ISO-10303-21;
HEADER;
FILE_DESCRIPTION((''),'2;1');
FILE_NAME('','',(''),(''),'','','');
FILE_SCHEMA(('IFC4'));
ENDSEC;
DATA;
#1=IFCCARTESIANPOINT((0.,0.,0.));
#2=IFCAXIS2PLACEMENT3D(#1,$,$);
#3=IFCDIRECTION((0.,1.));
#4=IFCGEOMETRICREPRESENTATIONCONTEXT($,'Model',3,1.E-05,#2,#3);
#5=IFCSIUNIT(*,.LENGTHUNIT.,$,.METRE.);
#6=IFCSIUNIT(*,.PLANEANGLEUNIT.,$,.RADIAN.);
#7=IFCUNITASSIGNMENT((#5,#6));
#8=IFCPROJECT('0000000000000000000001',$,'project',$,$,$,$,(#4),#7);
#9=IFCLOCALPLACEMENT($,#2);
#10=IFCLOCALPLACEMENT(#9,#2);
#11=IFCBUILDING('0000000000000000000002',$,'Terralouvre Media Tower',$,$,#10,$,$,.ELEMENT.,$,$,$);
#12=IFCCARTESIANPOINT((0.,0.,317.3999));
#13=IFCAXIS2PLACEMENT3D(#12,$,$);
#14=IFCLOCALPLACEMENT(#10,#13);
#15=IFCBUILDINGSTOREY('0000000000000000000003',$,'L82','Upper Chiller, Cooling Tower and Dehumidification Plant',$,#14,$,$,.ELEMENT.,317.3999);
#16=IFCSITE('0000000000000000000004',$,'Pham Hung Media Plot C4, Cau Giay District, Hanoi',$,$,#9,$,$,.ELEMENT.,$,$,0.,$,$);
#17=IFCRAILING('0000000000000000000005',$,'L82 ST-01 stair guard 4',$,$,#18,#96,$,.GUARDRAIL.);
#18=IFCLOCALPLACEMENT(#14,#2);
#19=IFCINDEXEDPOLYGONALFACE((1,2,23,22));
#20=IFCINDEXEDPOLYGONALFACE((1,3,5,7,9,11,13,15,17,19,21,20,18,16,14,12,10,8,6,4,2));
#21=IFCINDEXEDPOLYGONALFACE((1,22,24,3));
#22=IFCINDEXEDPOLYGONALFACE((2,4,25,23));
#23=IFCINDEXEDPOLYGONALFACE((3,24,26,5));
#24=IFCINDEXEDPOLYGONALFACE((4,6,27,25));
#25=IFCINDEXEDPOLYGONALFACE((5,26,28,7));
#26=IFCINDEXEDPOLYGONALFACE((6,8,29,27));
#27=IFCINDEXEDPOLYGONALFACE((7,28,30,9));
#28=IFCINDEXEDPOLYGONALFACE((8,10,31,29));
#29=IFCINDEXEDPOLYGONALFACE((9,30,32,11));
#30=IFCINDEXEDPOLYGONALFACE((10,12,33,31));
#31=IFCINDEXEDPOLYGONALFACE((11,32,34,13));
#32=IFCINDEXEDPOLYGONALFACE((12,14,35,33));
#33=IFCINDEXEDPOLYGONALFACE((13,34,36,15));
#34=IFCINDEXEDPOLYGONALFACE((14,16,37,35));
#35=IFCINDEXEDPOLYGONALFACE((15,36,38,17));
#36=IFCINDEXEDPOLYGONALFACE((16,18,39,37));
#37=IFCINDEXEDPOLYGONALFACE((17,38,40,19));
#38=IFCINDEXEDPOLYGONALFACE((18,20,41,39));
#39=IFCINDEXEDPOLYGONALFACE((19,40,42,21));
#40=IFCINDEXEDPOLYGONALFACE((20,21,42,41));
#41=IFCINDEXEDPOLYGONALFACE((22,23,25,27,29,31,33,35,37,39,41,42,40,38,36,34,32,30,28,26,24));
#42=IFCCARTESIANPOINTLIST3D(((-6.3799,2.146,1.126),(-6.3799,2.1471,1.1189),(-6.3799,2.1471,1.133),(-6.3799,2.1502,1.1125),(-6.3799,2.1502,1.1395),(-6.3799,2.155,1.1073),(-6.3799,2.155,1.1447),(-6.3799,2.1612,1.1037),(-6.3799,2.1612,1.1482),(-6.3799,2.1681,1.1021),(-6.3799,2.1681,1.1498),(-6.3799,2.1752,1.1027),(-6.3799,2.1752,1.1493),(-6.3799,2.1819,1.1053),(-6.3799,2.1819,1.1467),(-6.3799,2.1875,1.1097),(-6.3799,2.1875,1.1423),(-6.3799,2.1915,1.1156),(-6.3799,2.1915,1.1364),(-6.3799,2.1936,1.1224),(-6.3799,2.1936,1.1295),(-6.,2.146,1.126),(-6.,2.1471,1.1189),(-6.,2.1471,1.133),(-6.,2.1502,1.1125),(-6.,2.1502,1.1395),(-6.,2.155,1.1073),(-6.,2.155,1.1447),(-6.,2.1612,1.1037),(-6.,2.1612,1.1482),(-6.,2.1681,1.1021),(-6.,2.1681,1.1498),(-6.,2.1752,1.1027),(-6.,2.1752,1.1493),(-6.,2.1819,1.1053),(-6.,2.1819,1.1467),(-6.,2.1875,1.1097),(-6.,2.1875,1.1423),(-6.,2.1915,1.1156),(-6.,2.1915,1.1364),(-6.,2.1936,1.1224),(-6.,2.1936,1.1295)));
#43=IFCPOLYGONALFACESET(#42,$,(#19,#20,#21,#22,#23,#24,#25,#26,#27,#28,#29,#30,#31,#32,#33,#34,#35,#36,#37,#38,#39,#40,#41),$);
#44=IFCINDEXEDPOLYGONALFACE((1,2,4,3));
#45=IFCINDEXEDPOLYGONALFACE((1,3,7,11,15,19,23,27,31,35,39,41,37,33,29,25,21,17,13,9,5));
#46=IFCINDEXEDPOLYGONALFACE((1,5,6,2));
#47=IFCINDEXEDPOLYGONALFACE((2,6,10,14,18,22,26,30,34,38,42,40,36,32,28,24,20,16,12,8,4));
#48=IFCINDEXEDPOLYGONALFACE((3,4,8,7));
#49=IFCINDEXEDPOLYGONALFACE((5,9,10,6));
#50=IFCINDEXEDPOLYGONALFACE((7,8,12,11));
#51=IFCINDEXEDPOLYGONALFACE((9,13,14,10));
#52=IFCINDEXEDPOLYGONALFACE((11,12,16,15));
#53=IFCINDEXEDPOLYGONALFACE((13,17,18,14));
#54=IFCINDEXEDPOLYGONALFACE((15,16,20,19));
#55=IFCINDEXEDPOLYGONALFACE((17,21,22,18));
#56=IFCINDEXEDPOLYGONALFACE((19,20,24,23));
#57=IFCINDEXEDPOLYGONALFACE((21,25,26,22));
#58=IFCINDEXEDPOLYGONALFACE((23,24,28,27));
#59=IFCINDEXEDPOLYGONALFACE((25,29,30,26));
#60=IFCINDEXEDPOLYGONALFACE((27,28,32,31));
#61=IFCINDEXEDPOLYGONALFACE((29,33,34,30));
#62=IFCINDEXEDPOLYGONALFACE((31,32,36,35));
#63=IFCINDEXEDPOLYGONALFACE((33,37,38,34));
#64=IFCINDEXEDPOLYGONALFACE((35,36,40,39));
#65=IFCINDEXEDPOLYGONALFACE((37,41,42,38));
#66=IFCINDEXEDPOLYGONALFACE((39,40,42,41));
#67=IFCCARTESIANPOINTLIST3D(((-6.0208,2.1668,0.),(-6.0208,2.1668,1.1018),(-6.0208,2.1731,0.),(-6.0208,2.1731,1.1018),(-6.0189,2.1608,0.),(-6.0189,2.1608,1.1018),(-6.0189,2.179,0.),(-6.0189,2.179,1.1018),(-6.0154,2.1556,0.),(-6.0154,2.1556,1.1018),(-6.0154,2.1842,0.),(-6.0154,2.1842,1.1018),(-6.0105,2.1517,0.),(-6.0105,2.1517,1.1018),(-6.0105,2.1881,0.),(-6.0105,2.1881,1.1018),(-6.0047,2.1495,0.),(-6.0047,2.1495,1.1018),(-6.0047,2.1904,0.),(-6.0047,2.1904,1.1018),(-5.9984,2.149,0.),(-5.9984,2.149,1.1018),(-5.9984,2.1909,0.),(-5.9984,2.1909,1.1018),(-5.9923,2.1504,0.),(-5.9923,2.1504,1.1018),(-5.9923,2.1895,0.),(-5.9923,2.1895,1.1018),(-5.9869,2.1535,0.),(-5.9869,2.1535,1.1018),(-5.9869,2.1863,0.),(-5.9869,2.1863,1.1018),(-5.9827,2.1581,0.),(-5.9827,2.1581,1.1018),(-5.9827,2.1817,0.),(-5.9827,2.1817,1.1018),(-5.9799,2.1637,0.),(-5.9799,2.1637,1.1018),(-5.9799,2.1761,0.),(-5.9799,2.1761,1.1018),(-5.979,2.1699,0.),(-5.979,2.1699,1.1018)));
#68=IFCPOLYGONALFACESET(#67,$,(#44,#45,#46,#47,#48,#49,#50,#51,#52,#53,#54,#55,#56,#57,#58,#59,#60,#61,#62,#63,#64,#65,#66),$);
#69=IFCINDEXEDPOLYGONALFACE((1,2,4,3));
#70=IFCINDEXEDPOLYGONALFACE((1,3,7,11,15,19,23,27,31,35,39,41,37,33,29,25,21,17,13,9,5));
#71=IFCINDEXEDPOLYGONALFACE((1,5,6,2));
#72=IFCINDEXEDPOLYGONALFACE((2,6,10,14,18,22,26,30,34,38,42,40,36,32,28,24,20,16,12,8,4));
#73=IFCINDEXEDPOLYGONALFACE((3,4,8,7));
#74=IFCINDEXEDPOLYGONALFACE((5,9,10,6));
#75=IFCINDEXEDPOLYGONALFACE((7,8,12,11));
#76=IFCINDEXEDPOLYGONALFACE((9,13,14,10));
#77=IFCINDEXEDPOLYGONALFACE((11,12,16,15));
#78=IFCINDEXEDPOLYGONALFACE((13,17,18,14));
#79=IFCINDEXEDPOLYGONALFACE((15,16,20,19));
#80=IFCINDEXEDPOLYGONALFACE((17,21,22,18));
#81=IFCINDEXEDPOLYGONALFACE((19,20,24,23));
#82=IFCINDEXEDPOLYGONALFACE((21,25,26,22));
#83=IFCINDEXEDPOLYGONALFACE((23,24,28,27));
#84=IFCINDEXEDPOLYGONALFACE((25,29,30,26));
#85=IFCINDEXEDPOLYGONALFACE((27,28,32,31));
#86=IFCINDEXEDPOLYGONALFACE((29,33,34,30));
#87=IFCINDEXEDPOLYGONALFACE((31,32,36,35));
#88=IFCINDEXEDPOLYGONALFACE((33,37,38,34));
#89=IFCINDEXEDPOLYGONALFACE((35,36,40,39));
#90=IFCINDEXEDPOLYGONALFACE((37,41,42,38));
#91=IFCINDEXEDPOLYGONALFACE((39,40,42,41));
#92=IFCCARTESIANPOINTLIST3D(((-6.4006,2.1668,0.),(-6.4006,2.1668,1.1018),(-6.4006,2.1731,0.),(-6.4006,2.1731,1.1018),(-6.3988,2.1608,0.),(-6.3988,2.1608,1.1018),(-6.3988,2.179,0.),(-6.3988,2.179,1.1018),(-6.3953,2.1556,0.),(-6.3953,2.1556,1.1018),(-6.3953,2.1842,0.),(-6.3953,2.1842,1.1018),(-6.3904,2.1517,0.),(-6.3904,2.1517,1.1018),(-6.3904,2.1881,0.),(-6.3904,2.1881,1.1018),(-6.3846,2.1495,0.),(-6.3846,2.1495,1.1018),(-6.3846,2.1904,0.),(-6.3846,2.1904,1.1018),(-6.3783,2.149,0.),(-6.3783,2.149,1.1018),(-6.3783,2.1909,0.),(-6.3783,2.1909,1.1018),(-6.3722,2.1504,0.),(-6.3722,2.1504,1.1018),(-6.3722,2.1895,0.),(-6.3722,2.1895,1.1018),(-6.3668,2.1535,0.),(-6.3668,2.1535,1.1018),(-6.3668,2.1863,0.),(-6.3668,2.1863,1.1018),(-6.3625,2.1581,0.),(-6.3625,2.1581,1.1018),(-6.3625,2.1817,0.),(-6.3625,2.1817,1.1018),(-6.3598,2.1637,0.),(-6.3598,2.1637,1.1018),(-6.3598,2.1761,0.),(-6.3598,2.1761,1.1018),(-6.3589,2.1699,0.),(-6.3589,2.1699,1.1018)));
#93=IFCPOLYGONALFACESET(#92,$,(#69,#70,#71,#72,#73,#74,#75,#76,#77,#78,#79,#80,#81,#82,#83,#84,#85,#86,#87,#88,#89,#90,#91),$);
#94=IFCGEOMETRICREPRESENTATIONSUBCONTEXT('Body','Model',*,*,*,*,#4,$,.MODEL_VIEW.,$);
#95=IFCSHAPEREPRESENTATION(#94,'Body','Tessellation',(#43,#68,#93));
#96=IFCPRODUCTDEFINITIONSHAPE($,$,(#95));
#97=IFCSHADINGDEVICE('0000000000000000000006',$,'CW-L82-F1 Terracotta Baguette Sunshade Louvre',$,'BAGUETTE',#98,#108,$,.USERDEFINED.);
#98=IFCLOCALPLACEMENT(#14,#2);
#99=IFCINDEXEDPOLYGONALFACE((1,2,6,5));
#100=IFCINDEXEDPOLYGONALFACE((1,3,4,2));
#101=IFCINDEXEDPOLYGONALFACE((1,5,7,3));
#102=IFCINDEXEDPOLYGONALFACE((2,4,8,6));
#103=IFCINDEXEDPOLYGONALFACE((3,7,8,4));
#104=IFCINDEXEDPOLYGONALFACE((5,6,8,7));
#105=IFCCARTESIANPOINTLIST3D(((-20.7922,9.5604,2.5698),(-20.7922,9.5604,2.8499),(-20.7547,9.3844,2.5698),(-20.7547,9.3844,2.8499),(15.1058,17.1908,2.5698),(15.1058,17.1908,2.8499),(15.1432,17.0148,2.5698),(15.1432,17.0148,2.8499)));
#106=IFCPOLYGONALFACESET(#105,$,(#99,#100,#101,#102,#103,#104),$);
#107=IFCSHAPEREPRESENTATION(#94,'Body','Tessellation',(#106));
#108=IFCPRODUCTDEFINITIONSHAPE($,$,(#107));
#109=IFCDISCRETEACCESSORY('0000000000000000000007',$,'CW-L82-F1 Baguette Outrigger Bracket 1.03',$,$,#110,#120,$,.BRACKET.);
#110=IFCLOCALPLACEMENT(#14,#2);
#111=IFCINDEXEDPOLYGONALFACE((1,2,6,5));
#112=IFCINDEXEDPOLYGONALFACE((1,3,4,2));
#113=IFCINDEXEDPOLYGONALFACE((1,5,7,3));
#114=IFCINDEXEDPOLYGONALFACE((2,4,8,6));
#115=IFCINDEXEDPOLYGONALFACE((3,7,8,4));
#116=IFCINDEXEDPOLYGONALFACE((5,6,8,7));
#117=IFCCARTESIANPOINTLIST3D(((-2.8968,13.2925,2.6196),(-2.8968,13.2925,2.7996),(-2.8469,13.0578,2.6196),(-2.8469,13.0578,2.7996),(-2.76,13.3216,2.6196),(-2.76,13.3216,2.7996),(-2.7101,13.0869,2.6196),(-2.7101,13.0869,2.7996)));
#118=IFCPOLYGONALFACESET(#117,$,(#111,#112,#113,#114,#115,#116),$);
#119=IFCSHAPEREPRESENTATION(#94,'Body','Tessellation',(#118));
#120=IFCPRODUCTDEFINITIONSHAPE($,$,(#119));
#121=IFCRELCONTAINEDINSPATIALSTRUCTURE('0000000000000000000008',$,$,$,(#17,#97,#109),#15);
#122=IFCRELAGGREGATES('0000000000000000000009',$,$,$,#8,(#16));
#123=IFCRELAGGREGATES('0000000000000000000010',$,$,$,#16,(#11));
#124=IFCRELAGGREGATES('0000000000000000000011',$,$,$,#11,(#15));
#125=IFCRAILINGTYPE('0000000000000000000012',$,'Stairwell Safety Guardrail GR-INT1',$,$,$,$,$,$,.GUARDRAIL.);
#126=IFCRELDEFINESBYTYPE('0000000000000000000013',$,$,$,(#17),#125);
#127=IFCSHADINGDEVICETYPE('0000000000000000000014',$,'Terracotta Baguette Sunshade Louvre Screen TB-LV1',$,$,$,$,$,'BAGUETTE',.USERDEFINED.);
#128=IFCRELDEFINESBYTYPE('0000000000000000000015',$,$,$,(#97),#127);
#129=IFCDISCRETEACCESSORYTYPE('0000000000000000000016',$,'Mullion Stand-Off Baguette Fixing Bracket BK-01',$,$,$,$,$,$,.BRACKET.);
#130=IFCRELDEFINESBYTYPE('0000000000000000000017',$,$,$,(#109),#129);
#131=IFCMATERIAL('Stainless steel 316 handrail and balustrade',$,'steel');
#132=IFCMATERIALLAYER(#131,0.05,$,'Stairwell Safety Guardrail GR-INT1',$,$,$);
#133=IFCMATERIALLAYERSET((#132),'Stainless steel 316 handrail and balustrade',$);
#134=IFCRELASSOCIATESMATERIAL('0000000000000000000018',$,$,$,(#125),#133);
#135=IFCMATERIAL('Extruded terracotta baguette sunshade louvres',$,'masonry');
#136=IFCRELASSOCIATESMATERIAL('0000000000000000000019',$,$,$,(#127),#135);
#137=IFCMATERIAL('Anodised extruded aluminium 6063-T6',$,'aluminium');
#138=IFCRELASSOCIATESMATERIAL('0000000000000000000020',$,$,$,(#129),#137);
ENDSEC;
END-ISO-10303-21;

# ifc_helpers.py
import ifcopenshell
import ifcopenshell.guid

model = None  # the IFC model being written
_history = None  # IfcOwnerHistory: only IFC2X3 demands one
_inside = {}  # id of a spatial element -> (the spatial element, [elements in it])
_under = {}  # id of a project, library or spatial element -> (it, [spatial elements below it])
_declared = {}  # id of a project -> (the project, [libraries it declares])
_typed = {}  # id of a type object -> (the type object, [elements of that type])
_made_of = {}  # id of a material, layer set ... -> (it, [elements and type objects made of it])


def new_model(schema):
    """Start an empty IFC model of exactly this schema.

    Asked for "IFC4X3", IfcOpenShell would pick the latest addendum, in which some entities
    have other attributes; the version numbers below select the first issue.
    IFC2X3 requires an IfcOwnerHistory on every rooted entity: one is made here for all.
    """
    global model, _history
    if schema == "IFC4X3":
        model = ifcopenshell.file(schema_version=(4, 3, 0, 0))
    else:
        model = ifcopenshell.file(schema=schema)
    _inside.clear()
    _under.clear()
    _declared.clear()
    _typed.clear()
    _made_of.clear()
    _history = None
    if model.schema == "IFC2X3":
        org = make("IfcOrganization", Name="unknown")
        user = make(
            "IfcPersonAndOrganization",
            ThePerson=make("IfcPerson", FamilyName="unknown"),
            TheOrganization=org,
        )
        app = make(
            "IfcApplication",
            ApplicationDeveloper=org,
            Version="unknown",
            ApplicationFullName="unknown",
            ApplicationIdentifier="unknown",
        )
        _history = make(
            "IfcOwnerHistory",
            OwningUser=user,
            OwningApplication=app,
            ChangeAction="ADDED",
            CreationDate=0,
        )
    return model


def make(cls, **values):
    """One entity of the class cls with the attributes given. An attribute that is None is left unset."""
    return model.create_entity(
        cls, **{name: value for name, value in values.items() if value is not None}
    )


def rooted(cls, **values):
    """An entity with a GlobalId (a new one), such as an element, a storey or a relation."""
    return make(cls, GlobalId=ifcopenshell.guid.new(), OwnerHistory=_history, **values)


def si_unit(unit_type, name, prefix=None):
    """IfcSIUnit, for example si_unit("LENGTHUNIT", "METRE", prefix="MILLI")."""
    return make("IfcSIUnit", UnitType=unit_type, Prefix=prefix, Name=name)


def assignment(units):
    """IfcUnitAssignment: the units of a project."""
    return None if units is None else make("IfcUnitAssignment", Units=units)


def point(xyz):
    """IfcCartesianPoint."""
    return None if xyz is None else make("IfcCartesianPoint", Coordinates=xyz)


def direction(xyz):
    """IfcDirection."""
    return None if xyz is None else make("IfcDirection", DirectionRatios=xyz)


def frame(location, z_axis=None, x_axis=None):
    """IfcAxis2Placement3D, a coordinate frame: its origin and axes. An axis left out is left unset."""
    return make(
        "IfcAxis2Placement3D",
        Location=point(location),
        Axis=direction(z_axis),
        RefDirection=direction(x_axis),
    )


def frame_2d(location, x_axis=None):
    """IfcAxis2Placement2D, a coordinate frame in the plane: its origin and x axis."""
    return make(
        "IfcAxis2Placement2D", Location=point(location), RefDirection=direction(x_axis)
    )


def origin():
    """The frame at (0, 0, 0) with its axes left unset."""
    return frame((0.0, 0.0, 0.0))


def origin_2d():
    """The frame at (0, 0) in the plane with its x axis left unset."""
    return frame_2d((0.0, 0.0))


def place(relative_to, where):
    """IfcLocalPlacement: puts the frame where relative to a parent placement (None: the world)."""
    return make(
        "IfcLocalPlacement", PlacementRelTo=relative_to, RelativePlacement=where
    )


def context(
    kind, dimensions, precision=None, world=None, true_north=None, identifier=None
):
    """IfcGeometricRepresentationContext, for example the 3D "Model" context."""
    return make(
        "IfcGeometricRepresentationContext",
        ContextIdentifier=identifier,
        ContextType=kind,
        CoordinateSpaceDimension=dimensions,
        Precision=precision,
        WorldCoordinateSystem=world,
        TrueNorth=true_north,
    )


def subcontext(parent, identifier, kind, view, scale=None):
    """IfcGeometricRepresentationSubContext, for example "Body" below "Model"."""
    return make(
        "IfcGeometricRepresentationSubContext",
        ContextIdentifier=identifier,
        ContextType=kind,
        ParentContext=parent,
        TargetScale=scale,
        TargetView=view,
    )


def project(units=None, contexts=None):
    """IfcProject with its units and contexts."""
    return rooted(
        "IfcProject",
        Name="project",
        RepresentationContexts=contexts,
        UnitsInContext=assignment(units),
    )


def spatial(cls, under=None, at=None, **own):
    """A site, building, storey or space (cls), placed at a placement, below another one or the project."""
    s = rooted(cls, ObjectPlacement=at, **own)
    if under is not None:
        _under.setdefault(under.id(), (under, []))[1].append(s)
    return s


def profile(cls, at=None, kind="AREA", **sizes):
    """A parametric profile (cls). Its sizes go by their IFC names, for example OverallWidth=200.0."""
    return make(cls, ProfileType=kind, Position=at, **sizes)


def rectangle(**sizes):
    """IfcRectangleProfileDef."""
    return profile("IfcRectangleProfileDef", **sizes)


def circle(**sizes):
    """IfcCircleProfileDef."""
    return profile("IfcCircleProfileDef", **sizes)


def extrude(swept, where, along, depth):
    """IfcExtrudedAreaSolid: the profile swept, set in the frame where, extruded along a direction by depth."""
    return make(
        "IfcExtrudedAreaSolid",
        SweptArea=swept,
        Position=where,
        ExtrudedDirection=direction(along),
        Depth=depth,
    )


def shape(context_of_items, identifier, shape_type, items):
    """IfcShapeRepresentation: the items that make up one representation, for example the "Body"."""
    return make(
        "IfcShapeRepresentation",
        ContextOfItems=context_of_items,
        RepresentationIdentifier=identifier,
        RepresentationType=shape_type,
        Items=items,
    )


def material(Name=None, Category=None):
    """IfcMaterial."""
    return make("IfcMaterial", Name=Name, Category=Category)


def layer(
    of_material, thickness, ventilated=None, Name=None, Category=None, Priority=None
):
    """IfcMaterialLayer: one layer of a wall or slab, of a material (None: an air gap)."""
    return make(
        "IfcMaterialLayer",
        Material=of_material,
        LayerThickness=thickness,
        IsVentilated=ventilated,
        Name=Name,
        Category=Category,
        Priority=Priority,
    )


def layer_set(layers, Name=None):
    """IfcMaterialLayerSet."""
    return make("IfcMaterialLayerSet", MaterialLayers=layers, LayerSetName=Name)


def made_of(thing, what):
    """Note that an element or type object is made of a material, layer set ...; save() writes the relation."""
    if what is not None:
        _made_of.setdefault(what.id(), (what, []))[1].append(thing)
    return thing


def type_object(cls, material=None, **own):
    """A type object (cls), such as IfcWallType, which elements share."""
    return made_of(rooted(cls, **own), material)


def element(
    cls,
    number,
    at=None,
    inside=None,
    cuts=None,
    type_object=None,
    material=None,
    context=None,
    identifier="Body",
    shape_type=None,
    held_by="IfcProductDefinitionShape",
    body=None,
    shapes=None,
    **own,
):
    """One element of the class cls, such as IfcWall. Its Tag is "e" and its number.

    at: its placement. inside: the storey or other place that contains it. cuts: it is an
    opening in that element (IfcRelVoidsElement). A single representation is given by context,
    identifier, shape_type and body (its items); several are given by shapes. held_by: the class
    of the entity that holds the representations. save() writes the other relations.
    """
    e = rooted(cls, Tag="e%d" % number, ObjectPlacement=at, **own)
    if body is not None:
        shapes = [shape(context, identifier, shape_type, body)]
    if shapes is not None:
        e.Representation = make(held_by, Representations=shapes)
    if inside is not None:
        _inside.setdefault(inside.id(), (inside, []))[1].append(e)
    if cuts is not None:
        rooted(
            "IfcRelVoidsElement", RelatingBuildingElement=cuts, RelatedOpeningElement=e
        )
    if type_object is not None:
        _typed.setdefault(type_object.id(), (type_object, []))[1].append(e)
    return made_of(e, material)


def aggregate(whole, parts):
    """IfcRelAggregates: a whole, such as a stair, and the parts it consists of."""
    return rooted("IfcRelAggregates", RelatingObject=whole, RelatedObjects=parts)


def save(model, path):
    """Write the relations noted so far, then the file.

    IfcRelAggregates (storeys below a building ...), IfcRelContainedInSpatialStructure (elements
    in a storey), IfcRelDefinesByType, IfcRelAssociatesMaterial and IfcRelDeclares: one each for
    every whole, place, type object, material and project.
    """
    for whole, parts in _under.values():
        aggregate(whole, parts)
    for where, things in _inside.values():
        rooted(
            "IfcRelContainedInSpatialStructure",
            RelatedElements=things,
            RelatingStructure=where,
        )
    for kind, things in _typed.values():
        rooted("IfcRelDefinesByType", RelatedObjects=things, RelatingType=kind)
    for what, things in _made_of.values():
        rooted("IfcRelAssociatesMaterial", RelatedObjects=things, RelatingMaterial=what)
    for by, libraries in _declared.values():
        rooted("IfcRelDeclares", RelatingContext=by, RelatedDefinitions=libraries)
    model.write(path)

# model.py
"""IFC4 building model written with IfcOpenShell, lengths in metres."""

from ifc_helpers import new_model, si_unit, direction, frame, origin, origin_2d, place, context, subcontext, project, spatial, rectangle, circle, extrude, material, layer, layer_set, type_object, element, save


model = new_model("IFC4")

# Units and contexts
model_context = context("Model", 3, precision=1e-05, world=origin(), true_north=direction((0.0, 1.0)))
body_context = subcontext(model_context, "Body", "Model", "MODEL_VIEW")
ifc_project = project(units=[si_unit("LENGTHUNIT", "METRE"), si_unit("PLANEANGLEUNIT", "RADIAN")], contexts=[model_context])

# Site, building, storey
site_placement = place(None, origin())
site = spatial("IfcSite", under=ifc_project, at=site_placement, Name="Pham Hung Media Plot C4, Cau Giay District, Hanoi", CompositionType="ELEMENT", RefElevation=0.0)
building_placement = place(site_placement, origin())
building = spatial("IfcBuilding", under=site, at=building_placement, Name="Terralouvre Media Tower", CompositionType="ELEMENT")
storey_placement = place(building_placement, frame((0.0, 0.0, 317.3999)))
storey = spatial("IfcBuildingStorey", under=building, at=storey_placement, Name="L82", Description="Upper Chiller, Cooling Tower and Dehumidification Plant", CompositionType="ELEMENT", Elevation=317.3999)

# Railing
ifc_material_1 = material(Name="Stainless steel 316 handrail and balustrade", Category="steel")
ifc_layer_1 = layer(ifc_material_1, 0.05, Name="Stairwell Safety Guardrail GR-INT1")
ifc_layer_set_1 = layer_set([ifc_layer_1], Name="Stainless steel 316 handrail and balustrade")
railing_type_1 = type_object("IfcRailingType", Name="Stairwell Safety Guardrail GR-INT1", PredefinedType="GUARDRAIL", material=ifc_layer_set_1)
railing_1_placement = place(storey_placement, frame((-6.0, 2.1699, 0.0)))
element("IfcRailing", 1, at=railing_1_placement, inside=storey, type_object=railing_type_1, Name="L82 ST-01 stair guard 4", PredefinedType="GUARDRAIL", context=body_context, shape_type="SweptSolid", body=[
    extrude(circle(Radius=0.0239, at=origin_2d()), frame((0.0, 0.0, 1.126), z_axis=(-1.0, 0.0, 0.0), x_axis=(0.0, -1.0, 0.0)), (0.0, 0.0, 1.0), 0.3799),
    extrude(circle(Radius=0.021, at=origin_2d()), origin(), (0.0, 0.0, 1.0), 1.1018),
    extrude(circle(Radius=0.021, at=origin_2d()), frame((-0.3799, 0.0, 0.0)), (0.0, 0.0, 1.0), 1.1018),
])

# Shading device
ifc_material_2 = material(Name="Extruded terracotta baguette sunshade louvres", Category="masonry")
shading_device_type = type_object("IfcShadingDeviceType", Name="Terracotta Baguette Sunshade Louvre Screen TB-LV1", ElementType="BAGUETTE", PredefinedType="USERDEFINED", material=ifc_material_2)
shading_device_placement = place(storey_placement, frame((-2.8245, 13.2876, 2.5698), z_axis=(0.0, 0.0, 1.0), x_axis=(-0.978148, -0.207912, 0.0)))
element("IfcShadingDevice", 2, at=shading_device_placement, inside=storey, type_object=shading_device_type, Name="CW-L82-F1 Terracotta Baguette Sunshade Louvre", ObjectType="BAGUETTE", PredefinedType="USERDEFINED", context=body_context, shape_type="SweptSolid", body=[
    extrude(rectangle(XDim=36.7, YDim=0.1799, at=origin_2d()), origin(), (0.0, 0.0, 1.0), 0.28),
])

# Discrete accessory
ifc_material_3 = material(Name="Anodised extruded aluminium 6063-T6", Category="aluminium")
discrete_accessory_type = type_object("IfcDiscreteAccessoryType", Name="Mullion Stand-Off Baguette Fixing Bracket BK-01", PredefinedType="BRACKET", material=ifc_material_3)
discrete_accessory_placement = place(storey_placement, frame((-2.8035, 13.1897, 2.6196), z_axis=(0.0, 0.0, 1.0), x_axis=(-0.978148, -0.207912, 0.0)))
element("IfcDiscreteAccessory", 3, at=discrete_accessory_placement, inside=storey, type_object=discrete_accessory_type, Name="CW-L82-F1 Baguette Outrigger Bracket 1.03", PredefinedType="BRACKET", context=body_context, shape_type="SweptSolid", body=[
    extrude(rectangle(XDim=0.1399, YDim=0.24, at=origin_2d()), origin(), (0.0, 0.0, 1.0), 0.1799),
])

save(model, "model.ifc")
